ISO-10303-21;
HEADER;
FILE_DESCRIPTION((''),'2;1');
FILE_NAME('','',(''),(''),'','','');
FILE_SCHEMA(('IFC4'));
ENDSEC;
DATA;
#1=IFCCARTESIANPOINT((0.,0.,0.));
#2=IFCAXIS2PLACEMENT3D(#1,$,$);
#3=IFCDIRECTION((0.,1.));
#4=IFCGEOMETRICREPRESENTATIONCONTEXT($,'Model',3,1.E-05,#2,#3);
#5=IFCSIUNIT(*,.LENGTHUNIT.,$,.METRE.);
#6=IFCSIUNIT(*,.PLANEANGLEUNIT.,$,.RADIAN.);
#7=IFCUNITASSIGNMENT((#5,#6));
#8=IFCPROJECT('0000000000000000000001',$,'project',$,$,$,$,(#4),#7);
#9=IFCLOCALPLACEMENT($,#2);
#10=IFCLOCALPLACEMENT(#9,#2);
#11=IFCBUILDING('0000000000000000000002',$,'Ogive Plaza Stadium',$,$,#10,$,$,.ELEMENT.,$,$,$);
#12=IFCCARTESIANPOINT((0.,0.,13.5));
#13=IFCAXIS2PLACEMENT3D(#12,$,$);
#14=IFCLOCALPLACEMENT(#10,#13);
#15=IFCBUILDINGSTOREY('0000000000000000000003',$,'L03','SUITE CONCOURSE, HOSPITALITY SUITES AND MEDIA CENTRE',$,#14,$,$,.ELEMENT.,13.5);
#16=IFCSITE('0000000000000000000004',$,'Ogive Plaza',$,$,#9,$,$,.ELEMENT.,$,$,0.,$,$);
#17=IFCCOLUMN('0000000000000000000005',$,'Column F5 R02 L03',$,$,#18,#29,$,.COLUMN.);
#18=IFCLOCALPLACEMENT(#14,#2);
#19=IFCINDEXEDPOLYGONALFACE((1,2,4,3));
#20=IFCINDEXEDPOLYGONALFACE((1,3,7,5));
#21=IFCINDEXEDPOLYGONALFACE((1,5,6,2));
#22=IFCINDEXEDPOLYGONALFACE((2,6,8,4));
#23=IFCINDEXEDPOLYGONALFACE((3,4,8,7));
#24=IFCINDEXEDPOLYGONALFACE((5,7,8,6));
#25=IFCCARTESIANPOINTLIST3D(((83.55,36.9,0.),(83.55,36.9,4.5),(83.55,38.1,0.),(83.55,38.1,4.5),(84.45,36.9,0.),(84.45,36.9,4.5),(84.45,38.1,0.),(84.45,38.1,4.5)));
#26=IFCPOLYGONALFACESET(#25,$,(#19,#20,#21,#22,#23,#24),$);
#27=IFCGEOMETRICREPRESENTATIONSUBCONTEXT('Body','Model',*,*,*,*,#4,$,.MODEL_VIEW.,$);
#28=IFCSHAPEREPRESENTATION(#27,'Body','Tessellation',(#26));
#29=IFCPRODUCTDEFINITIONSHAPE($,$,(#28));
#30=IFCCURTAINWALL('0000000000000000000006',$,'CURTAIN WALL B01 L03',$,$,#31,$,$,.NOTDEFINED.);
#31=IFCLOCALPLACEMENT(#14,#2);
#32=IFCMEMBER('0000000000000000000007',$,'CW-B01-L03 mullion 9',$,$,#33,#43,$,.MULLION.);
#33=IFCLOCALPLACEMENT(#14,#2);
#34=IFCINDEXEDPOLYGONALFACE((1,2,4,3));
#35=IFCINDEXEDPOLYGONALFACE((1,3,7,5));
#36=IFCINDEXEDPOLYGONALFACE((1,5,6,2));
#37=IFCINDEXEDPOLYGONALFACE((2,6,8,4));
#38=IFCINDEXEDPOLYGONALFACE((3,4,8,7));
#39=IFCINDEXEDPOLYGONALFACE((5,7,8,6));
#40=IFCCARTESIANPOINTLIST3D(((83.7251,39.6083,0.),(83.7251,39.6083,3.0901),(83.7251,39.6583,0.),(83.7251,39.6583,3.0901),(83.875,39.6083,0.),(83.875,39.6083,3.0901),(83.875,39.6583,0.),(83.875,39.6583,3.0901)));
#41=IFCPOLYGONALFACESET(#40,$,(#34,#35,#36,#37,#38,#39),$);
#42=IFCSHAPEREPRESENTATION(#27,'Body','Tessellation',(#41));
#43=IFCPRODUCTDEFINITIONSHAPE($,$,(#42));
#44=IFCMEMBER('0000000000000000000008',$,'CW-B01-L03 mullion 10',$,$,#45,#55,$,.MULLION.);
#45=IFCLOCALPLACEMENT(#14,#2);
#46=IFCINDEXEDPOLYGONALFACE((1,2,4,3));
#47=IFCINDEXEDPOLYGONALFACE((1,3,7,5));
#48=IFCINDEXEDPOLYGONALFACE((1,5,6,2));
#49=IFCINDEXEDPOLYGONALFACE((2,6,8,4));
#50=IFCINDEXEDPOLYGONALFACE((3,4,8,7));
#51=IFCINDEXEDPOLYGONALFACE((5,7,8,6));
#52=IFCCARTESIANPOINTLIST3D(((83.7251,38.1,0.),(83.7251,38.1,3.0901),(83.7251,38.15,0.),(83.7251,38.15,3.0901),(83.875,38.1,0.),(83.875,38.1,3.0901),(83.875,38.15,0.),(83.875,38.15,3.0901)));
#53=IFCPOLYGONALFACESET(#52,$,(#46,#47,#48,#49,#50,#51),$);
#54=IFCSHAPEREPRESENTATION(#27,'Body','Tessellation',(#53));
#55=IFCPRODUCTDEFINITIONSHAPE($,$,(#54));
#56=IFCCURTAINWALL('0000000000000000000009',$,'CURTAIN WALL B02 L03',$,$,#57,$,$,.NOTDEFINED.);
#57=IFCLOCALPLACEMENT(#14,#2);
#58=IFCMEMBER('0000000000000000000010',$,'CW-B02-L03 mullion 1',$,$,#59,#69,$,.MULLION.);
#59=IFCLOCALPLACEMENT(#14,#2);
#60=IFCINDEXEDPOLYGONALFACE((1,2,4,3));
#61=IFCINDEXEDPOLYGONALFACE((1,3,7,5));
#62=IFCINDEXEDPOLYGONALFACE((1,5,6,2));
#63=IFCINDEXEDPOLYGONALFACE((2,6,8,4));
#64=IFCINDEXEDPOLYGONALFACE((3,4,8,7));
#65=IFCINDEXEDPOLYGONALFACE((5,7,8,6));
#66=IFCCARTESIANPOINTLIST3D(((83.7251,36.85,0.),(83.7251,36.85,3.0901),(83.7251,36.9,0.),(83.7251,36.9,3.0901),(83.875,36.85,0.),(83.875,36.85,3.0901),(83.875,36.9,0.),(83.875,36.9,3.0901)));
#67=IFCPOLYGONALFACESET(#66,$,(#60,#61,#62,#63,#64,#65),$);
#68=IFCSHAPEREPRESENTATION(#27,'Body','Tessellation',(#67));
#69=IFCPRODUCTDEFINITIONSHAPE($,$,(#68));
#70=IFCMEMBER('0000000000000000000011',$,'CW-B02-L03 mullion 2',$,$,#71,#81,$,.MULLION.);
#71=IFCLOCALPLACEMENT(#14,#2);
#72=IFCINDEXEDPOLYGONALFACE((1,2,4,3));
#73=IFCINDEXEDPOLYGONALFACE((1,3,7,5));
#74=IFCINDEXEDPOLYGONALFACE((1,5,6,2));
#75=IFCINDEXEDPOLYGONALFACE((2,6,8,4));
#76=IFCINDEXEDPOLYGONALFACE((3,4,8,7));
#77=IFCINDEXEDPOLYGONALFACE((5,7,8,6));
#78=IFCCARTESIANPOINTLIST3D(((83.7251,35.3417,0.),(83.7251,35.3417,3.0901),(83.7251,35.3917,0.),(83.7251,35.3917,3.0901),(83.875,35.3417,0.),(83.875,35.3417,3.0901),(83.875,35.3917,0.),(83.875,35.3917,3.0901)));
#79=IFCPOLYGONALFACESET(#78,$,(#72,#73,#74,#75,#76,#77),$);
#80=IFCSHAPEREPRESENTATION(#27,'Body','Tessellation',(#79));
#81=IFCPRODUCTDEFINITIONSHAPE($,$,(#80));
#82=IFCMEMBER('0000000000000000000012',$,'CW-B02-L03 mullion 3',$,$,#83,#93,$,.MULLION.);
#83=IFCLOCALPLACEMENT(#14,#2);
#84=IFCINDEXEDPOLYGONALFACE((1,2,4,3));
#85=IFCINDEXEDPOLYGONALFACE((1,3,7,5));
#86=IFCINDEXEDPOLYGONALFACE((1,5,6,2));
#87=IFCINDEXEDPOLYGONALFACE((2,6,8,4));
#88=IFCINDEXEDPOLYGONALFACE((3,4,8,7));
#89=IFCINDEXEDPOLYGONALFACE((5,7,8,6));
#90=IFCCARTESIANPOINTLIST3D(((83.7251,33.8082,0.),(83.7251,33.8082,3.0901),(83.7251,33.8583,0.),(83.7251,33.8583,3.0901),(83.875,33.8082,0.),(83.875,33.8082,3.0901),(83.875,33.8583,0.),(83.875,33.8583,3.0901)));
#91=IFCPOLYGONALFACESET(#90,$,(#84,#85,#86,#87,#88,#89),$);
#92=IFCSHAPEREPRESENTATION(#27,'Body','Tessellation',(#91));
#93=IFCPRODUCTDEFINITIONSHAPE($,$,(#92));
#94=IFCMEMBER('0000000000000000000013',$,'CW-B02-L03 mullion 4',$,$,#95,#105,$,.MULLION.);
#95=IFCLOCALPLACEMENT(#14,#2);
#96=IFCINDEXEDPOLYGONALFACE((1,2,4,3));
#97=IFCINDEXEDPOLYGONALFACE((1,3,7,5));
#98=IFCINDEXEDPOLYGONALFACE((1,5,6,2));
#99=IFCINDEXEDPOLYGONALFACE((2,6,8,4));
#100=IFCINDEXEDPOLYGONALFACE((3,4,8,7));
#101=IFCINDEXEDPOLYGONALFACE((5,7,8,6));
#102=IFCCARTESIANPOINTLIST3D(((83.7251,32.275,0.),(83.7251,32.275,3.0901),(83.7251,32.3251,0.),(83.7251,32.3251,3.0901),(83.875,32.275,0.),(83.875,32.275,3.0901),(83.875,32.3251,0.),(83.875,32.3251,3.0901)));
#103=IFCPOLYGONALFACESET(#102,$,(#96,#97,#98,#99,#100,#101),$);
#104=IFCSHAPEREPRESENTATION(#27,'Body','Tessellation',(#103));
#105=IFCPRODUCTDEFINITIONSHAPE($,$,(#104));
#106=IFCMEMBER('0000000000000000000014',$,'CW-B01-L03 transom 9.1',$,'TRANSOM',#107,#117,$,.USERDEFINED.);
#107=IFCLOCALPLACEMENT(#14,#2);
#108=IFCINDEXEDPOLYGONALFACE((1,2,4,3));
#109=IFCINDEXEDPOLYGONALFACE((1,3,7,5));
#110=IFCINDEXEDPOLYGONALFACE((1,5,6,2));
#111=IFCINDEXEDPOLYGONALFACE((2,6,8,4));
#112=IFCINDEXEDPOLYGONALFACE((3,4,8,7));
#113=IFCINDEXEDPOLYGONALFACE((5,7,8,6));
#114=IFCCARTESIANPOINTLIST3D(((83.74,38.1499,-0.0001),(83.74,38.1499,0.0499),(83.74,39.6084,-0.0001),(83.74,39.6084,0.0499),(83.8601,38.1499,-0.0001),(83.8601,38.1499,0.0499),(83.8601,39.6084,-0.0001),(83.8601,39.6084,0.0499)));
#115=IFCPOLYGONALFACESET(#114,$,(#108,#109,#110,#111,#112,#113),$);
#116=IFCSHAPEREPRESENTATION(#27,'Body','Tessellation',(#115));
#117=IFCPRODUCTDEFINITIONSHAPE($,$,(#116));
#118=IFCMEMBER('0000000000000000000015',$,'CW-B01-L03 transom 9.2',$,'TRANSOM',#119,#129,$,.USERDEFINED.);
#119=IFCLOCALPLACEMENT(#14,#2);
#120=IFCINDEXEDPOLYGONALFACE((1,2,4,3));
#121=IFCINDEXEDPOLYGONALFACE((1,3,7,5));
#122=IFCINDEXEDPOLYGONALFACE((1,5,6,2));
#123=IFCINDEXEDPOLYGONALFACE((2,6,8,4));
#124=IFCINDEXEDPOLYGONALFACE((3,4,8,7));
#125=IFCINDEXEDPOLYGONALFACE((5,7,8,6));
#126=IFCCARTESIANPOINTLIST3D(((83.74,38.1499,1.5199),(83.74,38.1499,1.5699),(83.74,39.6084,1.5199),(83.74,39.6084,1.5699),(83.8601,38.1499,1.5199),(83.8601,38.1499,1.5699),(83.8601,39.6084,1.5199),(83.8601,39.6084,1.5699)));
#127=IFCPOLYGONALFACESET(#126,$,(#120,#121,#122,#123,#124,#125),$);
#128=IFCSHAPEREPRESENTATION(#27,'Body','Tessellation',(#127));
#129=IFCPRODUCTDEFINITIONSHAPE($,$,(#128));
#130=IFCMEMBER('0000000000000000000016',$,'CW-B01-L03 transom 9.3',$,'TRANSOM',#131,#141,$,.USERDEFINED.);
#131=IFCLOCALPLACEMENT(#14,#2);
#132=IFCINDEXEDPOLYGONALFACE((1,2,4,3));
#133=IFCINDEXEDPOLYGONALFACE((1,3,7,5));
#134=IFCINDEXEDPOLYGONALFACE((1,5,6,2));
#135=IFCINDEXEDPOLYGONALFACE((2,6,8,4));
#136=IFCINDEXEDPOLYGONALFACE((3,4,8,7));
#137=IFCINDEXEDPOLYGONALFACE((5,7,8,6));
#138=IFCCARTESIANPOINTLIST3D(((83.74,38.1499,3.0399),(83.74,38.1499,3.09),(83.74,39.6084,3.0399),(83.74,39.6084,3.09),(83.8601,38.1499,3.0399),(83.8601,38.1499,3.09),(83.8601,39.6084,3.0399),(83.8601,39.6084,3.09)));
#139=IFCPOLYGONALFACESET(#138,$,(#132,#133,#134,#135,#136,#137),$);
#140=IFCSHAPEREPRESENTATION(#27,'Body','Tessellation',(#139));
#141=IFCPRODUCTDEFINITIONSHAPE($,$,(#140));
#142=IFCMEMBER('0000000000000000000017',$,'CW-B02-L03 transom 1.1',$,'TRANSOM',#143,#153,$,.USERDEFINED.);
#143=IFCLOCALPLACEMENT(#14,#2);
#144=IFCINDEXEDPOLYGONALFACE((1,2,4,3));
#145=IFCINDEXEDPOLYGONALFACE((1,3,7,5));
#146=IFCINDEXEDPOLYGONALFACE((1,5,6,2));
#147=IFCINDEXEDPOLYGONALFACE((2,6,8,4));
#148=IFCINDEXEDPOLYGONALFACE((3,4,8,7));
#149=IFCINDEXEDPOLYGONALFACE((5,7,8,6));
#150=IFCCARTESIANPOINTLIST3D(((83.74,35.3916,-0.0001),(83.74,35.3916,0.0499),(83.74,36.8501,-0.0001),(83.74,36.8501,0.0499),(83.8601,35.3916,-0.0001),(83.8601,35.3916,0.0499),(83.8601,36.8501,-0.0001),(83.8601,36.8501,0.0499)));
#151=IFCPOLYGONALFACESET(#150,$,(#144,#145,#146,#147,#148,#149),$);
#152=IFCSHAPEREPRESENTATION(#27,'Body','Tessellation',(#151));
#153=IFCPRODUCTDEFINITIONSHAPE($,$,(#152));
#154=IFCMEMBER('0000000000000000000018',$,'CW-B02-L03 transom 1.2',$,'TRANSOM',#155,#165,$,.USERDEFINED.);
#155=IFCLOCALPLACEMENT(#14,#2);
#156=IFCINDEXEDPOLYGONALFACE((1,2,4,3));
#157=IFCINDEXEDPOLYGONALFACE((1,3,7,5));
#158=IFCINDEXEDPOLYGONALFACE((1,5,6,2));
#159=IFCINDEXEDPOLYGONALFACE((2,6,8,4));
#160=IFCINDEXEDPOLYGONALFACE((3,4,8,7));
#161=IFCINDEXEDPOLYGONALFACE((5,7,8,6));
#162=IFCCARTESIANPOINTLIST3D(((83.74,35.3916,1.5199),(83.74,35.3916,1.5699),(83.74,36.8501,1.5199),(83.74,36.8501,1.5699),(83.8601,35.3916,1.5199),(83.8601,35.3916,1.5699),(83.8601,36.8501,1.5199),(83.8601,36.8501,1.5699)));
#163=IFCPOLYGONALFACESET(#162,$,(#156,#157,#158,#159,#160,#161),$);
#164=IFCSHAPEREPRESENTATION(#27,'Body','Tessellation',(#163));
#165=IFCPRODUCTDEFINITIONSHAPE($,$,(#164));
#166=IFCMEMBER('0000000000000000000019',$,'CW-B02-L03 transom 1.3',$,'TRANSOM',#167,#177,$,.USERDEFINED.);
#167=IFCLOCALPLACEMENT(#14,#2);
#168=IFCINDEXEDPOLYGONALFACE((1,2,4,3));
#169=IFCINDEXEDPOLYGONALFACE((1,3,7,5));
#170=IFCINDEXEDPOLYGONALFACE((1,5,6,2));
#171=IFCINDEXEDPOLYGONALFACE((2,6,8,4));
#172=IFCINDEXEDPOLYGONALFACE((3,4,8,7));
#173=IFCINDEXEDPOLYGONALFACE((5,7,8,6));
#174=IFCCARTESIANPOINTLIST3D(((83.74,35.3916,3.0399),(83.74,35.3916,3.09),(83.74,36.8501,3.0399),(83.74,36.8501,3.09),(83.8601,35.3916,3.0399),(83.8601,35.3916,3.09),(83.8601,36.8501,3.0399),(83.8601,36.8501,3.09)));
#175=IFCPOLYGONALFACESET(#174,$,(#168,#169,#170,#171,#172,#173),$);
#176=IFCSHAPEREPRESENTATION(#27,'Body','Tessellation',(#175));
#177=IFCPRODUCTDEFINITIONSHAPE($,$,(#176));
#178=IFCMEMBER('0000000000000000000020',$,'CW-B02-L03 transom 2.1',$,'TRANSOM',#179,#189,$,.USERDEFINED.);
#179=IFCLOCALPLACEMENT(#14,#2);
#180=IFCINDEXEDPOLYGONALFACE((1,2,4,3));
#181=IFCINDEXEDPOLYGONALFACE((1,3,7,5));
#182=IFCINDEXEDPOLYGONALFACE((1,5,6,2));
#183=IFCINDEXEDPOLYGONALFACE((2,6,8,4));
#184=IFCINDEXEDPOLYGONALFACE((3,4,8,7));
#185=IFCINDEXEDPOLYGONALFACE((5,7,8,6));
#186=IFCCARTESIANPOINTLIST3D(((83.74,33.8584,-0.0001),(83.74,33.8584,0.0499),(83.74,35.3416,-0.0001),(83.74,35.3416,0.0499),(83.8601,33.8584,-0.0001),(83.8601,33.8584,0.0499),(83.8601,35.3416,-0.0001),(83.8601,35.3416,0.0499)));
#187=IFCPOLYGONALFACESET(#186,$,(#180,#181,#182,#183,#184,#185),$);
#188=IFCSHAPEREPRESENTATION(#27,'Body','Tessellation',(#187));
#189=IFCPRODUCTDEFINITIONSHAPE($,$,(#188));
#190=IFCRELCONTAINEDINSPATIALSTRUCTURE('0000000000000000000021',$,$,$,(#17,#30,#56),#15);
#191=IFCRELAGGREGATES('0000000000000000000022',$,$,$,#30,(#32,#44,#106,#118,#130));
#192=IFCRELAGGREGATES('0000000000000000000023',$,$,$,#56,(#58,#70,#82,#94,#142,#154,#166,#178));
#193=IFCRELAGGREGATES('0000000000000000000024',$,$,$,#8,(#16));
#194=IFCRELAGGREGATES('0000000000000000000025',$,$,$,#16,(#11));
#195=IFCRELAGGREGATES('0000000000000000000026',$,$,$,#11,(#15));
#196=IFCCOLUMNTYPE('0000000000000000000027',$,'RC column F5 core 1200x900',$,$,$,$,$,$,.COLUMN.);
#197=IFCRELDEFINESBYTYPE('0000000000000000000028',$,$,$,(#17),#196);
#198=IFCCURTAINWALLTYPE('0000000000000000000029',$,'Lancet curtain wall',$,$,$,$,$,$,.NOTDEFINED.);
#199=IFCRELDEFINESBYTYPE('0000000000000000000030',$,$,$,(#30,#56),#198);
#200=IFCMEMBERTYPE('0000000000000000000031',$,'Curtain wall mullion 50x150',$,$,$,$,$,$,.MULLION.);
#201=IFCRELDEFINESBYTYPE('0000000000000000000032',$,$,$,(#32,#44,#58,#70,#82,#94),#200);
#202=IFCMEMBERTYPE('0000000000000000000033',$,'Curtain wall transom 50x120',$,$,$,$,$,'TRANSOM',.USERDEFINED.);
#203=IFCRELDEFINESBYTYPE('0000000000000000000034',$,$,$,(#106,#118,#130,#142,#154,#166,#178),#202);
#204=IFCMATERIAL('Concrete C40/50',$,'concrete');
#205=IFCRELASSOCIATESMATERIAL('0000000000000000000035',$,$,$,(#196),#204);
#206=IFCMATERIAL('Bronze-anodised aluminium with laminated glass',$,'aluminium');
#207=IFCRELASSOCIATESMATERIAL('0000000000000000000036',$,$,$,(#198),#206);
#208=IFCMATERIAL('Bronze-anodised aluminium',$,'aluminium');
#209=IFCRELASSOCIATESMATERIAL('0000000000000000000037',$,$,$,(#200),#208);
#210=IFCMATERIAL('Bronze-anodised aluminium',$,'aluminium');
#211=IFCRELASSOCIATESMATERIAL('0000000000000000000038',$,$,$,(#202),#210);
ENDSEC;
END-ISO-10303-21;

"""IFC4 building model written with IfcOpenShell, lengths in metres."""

from ifc_helpers import new_model, si_unit, direction, frame, origin, origin_2d, place, context, subcontext, project, spatial, rectangle, extrude, material, material_profile, profile_set, type_object, element, aggregate, save


model = new_model("IFC4")

# Units and contexts
model_context = context("Model", 3, precision=1e-05, world=origin(), true_north=direction((0.0, 1.0)))
body_context = subcontext(model_context, "Body", "Model", "MODEL_VIEW")
ifc_project = project(units=[si_unit("LENGTHUNIT", "METRE"), si_unit("PLANEANGLEUNIT", "RADIAN")], contexts=[model_context])

# Site, building, storey
site_placement = place(None, origin())
site = spatial("IfcSite", under=ifc_project, at=site_placement, Name="Ogive Plaza", CompositionType="ELEMENT", RefElevation=0.0)
building_placement = place(site_placement, origin())
building = spatial("IfcBuilding", under=site, at=building_placement, Name="Ogive Plaza Stadium", CompositionType="ELEMENT")
storey_placement = place(building_placement, frame((0.0, 0.0, 13.5)))
storey = spatial("IfcBuildingStorey", under=building, at=storey_placement, Name="L03", Description="SUITE CONCOURSE, HOSPITALITY SUITES AND MEDIA CENTRE", CompositionType="ELEMENT", Elevation=13.5)

# Column
ifc_material_1 = material(Name="Concrete C40/50", Category="concrete")
ifc_material_profile_1 = material_profile(ifc_material_1, rectangle(XDim=1.2, YDim=0.8999, at=origin_2d()), Name="RC 1200x900")
ifc_profile_set_1 = profile_set([ifc_material_profile_1], Name="Concrete C40/50")
column_type = type_object("IfcColumnType", Name="RC column F5 core 1200x900", PredefinedType="COLUMN", material=ifc_profile_set_1)
column_placement = place(storey_placement, frame((84.0, 37.5, 0.0), z_axis=(0.0, 0.0, 1.0), x_axis=(0.0, 1.0, 0.0)))
element("IfcColumn", 1, at=column_placement, inside=storey, type_object=column_type, Name="Column F5 R02 L03", PredefinedType="COLUMN", context=body_context, shape_type="SweptSolid", body=[
    extrude(rectangle(XDim=1.2, YDim=0.8999, at=origin_2d()), origin(), (0.0, 0.0, 1.0), 4.5),
])

# Curtain walls, members
ifc_material_2 = material(Name="Bronze-anodised aluminium with laminated glass", Category="aluminium")
curtain_wall_type = type_object("IfcCurtainWallType", Name="Lancet curtain wall", PredefinedType="NOTDEFINED", material=ifc_material_2)
curtain_wall_1_placement = place(storey_placement, origin())
curtain_wall_1 = element("IfcCurtainWall", 2, at=curtain_wall_1_placement, inside=storey, type_object=curtain_wall_type, Name="CURTAIN WALL B01 L03", PredefinedType="NOTDEFINED")
ifc_material_3 = material(Name="Bronze-anodised aluminium", Category="aluminium")
ifc_material_profile_2 = material_profile(ifc_material_3, rectangle(XDim=0.1499, YDim=0.05, at=origin_2d()), Name="AL 150x50")
ifc_profile_set_2 = profile_set([ifc_material_profile_2], Name="Bronze-anodised aluminium")
member_type_1 = type_object("IfcMemberType", Name="Curtain wall mullion 50x150", PredefinedType="MULLION", material=ifc_profile_set_2)
member_1_placement = place(storey_placement, frame((83.8, 39.6333, 0.0), z_axis=(0.0, 0.0, 1.0), x_axis=(1.0, 0.0, 0.0)))
member_1 = element("IfcMember", 3, at=member_1_placement, type_object=member_type_1, Name="CW-B01-L03 mullion 9", PredefinedType="MULLION", context=body_context, shape_type="SweptSolid", body=[
    extrude(rectangle(XDim=0.1499, YDim=0.05, at=origin_2d()), origin(), (0.0, 0.0, 1.0), 3.0901),
])
member_2_placement = place(storey_placement, frame((83.8, 38.125, 0.0), z_axis=(0.0, 0.0, 1.0), x_axis=(1.0, 0.0, 0.0)))
member_2 = element("IfcMember", 4, at=member_2_placement, type_object=member_type_1, Name="CW-B01-L03 mullion 10", PredefinedType="MULLION", context=body_context, shape_type="SweptSolid", body=[
    extrude(rectangle(XDim=0.1499, YDim=0.05, at=origin_2d()), origin(), (0.0, 0.0, 1.0), 3.0901),
])
curtain_wall_2_placement = place(storey_placement, origin())
curtain_wall_2 = element("IfcCurtainWall", 5, at=curtain_wall_2_placement, inside=storey, type_object=curtain_wall_type, Name="CURTAIN WALL B02 L03", PredefinedType="NOTDEFINED")
member_3_placement = place(storey_placement, frame((83.8, 36.875, 0.0), z_axis=(0.0, 0.0, 1.0), x_axis=(1.0, 0.0, 0.0)))
member_3 = element("IfcMember", 6, at=member_3_placement, type_object=member_type_1, Name="CW-B02-L03 mullion 1", PredefinedType="MULLION", context=body_context, shape_type="SweptSolid", body=[
    extrude(rectangle(XDim=0.1499, YDim=0.05, at=origin_2d()), origin(), (0.0, 0.0, 1.0), 3.0901),
])
member_4_placement = place(storey_placement, frame((83.8, 35.3667, 0.0), z_axis=(0.0, 0.0, 1.0), x_axis=(1.0, 0.0, 0.0)))
member_4 = element("IfcMember", 7, at=member_4_placement, type_object=member_type_1, Name="CW-B02-L03 mullion 2", PredefinedType="MULLION", context=body_context, shape_type="SweptSolid", body=[
    extrude(rectangle(XDim=0.1499, YDim=0.05, at=origin_2d()), origin(), (0.0, 0.0, 1.0), 3.0901),
])
member_5_placement = place(storey_placement, frame((83.8, 33.8333, 0.0), z_axis=(0.0, 0.0, 1.0), x_axis=(1.0, 0.0, 0.0)))
member_5 = element("IfcMember", 8, at=member_5_placement, type_object=member_type_1, Name="CW-B02-L03 mullion 3", PredefinedType="MULLION", context=body_context, shape_type="SweptSolid", body=[
    extrude(rectangle(XDim=0.1499, YDim=0.05, at=origin_2d()), origin(), (0.0, 0.0, 1.0), 3.0901),
])
member_6_placement = place(storey_placement, frame((83.8, 32.3, 0.0), z_axis=(0.0, 0.0, 1.0), x_axis=(1.0, 0.0, 0.0)))
member_6 = element("IfcMember", 9, at=member_6_placement, type_object=member_type_1, Name="CW-B02-L03 mullion 4", PredefinedType="MULLION", context=body_context, shape_type="SweptSolid", body=[
    extrude(rectangle(XDim=0.1499, YDim=0.05, at=origin_2d()), origin(), (0.0, 0.0, 1.0), 3.0901),
])

# Members
ifc_material_4 = material(Name="Bronze-anodised aluminium", Category="aluminium")
ifc_material_profile_3 = material_profile(ifc_material_4, rectangle(XDim=0.1201, YDim=0.05, at=origin_2d()), Name="AL 120x50")
ifc_profile_set_3 = profile_set([ifc_material_profile_3], Name="Bronze-anodised aluminium")
member_type_2 = type_object("IfcMemberType", Name="Curtain wall transom 50x120", ElementType="TRANSOM", PredefinedType="USERDEFINED", material=ifc_profile_set_3)
member_7_placement = place(storey_placement, frame((83.8, 39.6084, 0.0249), z_axis=(0.0, -1.0, 0.0), x_axis=(1.0, 0.0, 0.0)))
member_7 = element("IfcMember", 10, at=member_7_placement, type_object=member_type_2, Name="CW-B01-L03 transom 9.1", ObjectType="TRANSOM", PredefinedType="USERDEFINED", context=body_context, shape_type="SweptSolid", body=[
    extrude(rectangle(XDim=0.1201, YDim=0.05, at=origin_2d()), origin(), (0.0, 0.0, 1.0), 1.4585),
])
member_8_placement = place(storey_placement, frame((83.8, 39.6084, 1.5449), z_axis=(0.0, -1.0, 0.0), x_axis=(1.0, 0.0, 0.0)))
member_8 = element("IfcMember", 11, at=member_8_placement, type_object=member_type_2, Name="CW-B01-L03 transom 9.2", ObjectType="TRANSOM", PredefinedType="USERDEFINED", context=body_context, shape_type="SweptSolid", body=[
    extrude(rectangle(XDim=0.1201, YDim=0.05, at=origin_2d()), origin(), (0.0, 0.0, 1.0), 1.4585),
])
member_9_placement = place(storey_placement, frame((83.8, 39.6084, 3.0649), z_axis=(0.0, -1.0, 0.0), x_axis=(1.0, 0.0, 0.0)))
member_9 = element("IfcMember", 12, at=member_9_placement, type_object=member_type_2, Name="CW-B01-L03 transom 9.3", ObjectType="TRANSOM", PredefinedType="USERDEFINED", context=body_context, shape_type="SweptSolid", body=[
    extrude(rectangle(XDim=0.1201, YDim=0.05, at=origin_2d()), origin(), (0.0, 0.0, 1.0), 1.4585),
])
member_10_placement = place(storey_placement, frame((83.8, 36.8501, 0.0249), z_axis=(0.0, -1.0, 0.0), x_axis=(1.0, 0.0, 0.0)))
member_10 = element("IfcMember", 13, at=member_10_placement, type_object=member_type_2, Name="CW-B02-L03 transom 1.1", ObjectType="TRANSOM", PredefinedType="USERDEFINED", context=body_context, shape_type="SweptSolid", body=[
    extrude(rectangle(XDim=0.1201, YDim=0.05, at=origin_2d()), origin(), (0.0, 0.0, 1.0), 1.4585),
])
member_11_placement = place(storey_placement, frame((83.8, 36.8501, 1.5449), z_axis=(0.0, -1.0, 0.0), x_axis=(1.0, 0.0, 0.0)))
member_11 = element("IfcMember", 14, at=member_11_placement, type_object=member_type_2, Name="CW-B02-L03 transom 1.2", ObjectType="TRANSOM", PredefinedType="USERDEFINED", context=body_context, shape_type="SweptSolid", body=[
    extrude(rectangle(XDim=0.1201, YDim=0.05, at=origin_2d()), origin(), (0.0, 0.0, 1.0), 1.4585),
])
member_12_placement = place(storey_placement, frame((83.8, 36.8501, 3.0649), z_axis=(0.0, -1.0, 0.0), x_axis=(1.0, 0.0, 0.0)))
member_12 = element("IfcMember", 15, at=member_12_placement, type_object=member_type_2, Name="CW-B02-L03 transom 1.3", ObjectType="TRANSOM", PredefinedType="USERDEFINED", context=body_context, shape_type="SweptSolid", body=[
    extrude(rectangle(XDim=0.1201, YDim=0.05, at=origin_2d()), origin(), (0.0, 0.0, 1.0), 1.4585),
])
member_13_placement = place(storey_placement, frame((83.8, 35.3416, 0.0249), z_axis=(0.0, -1.0, 0.0), x_axis=(1.0, 0.0, 0.0)))
member_13 = element("IfcMember", 16, at=member_13_placement, type_object=member_type_2, Name="CW-B02-L03 transom 2.1", ObjectType="TRANSOM", PredefinedType="USERDEFINED", context=body_context, shape_type="SweptSolid", body=[
    extrude(rectangle(XDim=0.1201, YDim=0.05, at=origin_2d()), origin(), (0.0, 0.0, 1.0), 1.4832),
])

aggregate(curtain_wall_1, [member_1, member_2, member_7, member_8, member_9])
aggregate(curtain_wall_2, [member_3, member_4, member_5, member_6, member_10, member_11, member_12, member_13])

save(model, "model.ifc")
